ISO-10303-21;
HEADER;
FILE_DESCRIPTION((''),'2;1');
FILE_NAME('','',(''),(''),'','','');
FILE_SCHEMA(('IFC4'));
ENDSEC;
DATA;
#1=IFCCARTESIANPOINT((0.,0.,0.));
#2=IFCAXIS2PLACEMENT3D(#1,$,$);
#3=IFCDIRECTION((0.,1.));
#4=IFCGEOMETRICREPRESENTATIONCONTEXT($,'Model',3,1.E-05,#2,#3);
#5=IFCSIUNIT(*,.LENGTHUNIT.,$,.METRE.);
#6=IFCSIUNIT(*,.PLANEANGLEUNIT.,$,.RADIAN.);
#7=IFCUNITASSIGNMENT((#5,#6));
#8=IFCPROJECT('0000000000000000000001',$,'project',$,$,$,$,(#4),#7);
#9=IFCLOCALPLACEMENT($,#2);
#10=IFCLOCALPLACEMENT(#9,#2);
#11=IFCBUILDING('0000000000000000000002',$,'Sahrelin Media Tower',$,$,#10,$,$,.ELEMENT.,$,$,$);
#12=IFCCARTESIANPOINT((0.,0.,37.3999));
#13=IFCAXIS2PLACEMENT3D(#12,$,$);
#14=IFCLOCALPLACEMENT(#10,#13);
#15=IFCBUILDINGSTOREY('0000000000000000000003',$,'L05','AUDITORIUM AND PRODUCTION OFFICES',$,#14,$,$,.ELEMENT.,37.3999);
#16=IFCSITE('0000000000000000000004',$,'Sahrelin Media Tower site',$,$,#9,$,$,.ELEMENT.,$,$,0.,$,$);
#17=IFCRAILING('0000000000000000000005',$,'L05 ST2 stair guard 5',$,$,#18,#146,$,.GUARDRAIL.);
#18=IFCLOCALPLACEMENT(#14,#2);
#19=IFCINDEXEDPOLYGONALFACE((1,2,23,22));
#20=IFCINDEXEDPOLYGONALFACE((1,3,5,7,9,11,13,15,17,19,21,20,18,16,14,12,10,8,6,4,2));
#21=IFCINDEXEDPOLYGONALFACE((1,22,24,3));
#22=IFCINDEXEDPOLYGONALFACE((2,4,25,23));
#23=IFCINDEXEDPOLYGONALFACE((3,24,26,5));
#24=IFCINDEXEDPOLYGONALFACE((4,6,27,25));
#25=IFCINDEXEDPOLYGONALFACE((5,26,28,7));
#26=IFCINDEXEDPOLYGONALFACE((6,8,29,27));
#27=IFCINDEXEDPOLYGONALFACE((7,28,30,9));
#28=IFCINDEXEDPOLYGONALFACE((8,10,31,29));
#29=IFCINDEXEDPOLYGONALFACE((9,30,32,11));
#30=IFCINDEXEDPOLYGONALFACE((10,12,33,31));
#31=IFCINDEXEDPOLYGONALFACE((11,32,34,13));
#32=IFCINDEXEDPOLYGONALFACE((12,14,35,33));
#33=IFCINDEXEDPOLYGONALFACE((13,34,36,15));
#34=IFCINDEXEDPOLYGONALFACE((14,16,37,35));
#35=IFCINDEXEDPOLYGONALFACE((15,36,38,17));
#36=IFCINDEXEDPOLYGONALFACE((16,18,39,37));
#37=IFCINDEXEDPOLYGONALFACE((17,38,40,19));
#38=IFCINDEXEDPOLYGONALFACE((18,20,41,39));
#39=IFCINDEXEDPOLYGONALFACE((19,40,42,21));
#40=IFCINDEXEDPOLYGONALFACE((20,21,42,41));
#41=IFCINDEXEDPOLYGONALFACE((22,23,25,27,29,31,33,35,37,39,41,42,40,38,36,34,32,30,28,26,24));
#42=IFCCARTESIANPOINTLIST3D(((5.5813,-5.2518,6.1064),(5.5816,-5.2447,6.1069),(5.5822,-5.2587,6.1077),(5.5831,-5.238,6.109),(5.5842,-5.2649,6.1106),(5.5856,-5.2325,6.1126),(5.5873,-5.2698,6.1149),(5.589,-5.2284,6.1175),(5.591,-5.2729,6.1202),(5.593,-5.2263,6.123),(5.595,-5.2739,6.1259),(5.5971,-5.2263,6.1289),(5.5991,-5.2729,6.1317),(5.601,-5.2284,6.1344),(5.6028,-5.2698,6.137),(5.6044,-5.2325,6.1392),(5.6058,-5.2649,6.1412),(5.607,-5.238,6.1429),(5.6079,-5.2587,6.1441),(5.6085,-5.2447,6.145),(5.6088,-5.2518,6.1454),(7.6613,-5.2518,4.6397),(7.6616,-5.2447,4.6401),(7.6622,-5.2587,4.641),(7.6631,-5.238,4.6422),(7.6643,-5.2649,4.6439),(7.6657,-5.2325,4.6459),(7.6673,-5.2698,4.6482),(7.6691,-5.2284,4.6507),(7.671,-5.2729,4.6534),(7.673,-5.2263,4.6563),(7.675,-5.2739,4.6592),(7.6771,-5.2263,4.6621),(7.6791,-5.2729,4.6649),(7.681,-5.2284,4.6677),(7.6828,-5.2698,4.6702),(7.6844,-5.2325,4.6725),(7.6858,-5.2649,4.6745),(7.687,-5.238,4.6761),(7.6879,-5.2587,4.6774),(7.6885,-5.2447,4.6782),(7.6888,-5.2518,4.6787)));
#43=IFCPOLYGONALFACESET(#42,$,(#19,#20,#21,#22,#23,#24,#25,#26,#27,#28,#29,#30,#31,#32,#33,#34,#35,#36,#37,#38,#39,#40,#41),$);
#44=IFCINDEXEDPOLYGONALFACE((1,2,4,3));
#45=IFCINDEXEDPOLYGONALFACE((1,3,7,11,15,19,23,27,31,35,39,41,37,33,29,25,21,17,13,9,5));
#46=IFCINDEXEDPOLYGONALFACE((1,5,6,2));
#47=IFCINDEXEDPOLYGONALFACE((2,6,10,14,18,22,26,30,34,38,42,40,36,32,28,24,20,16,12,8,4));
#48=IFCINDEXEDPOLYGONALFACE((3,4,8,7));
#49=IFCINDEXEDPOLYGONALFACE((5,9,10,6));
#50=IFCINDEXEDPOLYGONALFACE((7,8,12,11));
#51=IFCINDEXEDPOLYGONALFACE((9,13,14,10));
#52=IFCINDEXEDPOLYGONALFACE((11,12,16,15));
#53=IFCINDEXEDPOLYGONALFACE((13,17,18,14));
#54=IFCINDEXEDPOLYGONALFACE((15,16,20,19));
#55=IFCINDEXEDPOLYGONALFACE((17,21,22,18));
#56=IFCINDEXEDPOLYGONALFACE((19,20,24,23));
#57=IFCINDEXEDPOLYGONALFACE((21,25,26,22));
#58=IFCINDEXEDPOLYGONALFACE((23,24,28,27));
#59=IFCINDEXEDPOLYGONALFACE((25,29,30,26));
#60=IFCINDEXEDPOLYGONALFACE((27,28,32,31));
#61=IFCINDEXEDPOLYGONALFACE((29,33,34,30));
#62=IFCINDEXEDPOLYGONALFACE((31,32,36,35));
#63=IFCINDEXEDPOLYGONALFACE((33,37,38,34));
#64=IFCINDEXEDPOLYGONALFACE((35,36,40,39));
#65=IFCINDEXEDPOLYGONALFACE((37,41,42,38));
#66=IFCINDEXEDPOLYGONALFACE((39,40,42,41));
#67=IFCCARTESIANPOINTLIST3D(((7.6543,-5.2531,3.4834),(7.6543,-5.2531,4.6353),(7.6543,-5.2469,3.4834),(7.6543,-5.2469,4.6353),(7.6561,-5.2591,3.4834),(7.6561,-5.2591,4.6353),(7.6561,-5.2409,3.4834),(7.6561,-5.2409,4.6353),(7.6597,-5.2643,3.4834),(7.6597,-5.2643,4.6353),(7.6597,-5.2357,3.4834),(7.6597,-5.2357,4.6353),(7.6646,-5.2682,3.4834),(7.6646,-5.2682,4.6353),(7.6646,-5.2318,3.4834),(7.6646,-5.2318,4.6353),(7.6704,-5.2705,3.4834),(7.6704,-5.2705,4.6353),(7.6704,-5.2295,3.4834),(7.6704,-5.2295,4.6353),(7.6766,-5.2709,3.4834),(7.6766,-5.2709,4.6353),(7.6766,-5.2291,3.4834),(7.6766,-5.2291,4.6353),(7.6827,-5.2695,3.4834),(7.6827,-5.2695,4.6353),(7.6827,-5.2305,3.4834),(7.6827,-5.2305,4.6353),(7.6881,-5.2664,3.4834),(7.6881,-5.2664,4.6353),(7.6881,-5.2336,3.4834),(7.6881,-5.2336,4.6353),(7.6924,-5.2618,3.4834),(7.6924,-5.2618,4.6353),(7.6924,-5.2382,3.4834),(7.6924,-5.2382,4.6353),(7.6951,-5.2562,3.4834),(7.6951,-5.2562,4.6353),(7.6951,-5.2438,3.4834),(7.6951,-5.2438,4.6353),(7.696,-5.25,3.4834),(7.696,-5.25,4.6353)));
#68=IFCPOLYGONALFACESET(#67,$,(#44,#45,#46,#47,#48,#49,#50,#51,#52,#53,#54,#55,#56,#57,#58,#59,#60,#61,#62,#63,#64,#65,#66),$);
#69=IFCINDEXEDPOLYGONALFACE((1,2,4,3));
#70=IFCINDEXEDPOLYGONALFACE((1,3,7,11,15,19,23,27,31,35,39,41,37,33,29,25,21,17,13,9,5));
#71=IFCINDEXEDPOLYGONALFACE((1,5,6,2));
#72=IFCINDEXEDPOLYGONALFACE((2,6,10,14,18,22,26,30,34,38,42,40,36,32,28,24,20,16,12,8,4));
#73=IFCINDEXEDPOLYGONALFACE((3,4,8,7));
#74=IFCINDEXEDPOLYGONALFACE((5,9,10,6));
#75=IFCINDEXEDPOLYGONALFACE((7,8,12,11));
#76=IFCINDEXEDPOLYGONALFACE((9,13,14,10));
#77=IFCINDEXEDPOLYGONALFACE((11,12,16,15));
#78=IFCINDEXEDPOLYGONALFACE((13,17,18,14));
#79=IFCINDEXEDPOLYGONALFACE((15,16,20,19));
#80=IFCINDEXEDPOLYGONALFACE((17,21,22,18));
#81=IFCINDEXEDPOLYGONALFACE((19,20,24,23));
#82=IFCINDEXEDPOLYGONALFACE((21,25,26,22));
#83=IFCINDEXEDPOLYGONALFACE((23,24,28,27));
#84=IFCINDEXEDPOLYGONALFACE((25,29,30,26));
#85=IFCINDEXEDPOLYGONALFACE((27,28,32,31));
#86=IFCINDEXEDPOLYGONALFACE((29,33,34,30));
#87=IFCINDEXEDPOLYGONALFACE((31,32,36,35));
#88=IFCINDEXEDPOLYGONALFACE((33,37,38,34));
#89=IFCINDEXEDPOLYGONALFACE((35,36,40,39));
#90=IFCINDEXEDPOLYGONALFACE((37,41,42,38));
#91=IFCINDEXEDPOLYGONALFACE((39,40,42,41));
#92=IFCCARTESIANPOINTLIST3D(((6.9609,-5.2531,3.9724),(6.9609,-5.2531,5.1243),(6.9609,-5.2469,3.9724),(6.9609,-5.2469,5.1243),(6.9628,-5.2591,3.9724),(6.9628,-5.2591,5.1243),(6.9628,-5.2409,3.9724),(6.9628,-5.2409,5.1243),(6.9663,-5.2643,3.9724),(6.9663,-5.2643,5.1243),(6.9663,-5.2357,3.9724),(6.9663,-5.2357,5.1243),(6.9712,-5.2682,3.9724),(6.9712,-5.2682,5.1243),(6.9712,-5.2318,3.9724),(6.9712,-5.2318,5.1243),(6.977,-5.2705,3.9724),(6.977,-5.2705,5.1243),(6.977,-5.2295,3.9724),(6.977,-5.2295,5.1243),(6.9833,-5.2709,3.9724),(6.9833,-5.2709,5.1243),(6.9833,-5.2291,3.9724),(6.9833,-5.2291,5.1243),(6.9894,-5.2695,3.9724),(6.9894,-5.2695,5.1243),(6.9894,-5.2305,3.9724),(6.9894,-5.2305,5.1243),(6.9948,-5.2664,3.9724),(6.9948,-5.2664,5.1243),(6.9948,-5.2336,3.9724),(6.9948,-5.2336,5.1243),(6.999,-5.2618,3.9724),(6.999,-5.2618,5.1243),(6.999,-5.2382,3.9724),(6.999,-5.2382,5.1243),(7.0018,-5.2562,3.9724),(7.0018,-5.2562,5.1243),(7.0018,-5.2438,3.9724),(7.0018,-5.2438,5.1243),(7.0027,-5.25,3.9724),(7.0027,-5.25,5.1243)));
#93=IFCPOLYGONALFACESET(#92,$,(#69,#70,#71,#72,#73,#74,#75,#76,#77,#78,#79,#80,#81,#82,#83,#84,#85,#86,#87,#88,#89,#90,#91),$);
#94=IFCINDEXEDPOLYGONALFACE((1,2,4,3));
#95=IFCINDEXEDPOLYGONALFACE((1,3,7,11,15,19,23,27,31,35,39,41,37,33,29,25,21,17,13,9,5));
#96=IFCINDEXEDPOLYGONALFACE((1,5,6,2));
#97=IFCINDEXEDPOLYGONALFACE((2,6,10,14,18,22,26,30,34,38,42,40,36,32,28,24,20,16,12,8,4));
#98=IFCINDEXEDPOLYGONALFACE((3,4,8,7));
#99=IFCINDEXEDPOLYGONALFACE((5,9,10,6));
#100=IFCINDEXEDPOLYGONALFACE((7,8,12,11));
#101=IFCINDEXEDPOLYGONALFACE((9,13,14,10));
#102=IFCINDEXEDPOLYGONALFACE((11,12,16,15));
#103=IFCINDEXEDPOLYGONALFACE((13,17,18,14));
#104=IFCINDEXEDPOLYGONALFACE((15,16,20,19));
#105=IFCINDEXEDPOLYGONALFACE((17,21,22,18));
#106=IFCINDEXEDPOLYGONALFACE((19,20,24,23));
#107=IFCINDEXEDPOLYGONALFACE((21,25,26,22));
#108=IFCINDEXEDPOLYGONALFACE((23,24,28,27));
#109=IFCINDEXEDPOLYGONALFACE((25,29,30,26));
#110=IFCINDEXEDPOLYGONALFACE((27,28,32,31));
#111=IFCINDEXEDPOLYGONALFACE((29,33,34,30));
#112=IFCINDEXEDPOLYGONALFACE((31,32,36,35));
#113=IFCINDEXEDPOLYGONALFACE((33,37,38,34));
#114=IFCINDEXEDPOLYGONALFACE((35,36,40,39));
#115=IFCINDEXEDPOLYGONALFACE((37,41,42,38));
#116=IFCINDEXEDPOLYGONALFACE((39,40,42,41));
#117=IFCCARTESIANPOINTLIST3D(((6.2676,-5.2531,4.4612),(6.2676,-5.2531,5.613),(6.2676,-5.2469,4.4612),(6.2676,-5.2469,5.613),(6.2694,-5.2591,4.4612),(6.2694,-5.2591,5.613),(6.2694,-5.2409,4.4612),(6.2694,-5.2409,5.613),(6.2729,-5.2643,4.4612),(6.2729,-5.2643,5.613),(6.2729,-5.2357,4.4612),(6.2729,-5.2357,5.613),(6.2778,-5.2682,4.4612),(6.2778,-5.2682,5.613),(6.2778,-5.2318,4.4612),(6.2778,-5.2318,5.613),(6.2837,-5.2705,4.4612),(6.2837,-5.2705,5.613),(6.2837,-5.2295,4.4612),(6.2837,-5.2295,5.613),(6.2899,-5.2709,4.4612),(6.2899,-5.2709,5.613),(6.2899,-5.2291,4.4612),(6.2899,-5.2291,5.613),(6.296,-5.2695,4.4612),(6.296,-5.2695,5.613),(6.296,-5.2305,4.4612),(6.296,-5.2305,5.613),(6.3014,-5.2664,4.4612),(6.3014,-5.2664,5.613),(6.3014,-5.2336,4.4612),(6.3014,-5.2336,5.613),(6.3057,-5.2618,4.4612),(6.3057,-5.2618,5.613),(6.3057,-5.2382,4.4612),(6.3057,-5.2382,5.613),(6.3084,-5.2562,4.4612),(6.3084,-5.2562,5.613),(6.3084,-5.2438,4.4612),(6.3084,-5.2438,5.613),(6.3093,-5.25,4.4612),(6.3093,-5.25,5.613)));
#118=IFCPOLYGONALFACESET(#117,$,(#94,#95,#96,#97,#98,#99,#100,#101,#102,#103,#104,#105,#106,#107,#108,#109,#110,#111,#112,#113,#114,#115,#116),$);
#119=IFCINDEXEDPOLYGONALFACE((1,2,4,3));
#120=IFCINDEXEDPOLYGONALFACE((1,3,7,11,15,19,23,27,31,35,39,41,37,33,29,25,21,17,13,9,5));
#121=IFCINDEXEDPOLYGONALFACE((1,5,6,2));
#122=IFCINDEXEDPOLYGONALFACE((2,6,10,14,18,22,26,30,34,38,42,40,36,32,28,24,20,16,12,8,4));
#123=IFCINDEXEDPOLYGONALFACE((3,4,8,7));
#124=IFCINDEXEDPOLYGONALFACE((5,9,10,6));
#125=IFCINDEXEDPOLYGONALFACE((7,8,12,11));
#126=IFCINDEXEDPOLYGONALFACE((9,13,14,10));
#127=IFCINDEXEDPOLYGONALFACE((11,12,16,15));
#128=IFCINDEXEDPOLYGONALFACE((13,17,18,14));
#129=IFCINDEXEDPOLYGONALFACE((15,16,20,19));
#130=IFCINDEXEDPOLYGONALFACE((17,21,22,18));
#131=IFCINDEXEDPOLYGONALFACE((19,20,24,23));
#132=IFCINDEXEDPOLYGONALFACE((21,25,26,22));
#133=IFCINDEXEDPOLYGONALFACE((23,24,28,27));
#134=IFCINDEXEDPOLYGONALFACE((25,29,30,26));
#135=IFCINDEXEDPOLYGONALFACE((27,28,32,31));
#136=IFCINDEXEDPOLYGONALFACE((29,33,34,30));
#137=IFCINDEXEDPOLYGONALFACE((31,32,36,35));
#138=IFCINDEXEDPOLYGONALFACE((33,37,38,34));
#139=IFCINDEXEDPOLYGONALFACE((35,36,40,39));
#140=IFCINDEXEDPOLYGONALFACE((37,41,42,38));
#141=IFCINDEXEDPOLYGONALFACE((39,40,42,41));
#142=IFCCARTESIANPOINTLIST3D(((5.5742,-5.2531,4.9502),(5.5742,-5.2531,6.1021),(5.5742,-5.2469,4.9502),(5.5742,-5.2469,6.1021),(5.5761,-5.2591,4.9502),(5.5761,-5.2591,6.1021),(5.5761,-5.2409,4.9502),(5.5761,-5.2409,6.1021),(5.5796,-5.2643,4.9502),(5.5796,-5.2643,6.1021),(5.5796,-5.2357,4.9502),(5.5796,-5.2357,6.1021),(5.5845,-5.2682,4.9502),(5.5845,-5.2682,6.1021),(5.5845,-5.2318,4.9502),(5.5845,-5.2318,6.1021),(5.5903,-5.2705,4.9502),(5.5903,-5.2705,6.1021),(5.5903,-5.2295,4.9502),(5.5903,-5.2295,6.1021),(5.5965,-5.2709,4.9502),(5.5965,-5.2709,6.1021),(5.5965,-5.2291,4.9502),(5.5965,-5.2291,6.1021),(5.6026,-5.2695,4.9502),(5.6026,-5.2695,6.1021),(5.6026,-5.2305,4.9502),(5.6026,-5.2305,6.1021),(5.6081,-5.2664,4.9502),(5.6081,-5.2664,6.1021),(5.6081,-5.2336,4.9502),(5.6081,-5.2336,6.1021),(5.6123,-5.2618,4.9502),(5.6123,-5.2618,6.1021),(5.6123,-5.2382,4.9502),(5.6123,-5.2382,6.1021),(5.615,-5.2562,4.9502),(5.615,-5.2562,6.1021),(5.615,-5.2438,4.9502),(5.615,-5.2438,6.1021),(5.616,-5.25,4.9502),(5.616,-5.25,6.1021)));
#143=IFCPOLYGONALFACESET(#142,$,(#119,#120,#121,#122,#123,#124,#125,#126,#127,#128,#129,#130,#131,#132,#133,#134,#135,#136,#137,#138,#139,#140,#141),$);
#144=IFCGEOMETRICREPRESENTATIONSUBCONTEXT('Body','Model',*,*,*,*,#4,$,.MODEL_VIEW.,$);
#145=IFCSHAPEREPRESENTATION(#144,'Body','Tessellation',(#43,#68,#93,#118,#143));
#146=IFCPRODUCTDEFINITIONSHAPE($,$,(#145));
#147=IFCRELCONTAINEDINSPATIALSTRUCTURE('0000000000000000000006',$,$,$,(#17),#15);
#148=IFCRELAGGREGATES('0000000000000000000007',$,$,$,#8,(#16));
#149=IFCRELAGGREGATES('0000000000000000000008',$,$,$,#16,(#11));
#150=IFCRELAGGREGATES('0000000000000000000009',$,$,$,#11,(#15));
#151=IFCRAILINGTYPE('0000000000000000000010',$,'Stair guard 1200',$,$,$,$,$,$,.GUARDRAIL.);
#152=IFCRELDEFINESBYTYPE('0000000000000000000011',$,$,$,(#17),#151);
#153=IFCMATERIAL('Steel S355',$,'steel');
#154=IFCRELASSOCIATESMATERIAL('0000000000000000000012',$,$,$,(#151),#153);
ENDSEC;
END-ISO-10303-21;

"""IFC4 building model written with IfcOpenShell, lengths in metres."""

from ifc_helpers import new_model, si_unit, direction, frame, origin, origin_2d, place, context, subcontext, project, spatial, circle, extrude, material, type_object, element, save


model = new_model("IFC4")

# Units and contexts
model_context = context("Model", 3, precision=1e-05, world=origin(), true_north=direction((0.0, 1.0)))
body_context = subcontext(model_context, "Body", "Model", "MODEL_VIEW")
ifc_project = project(units=[si_unit("LENGTHUNIT", "METRE"), si_unit("PLANEANGLEUNIT", "RADIAN")], contexts=[model_context])

# Site, building, storey
site_placement = place(None, origin())
site = spatial("IfcSite", under=ifc_project, at=site_placement, Name="Sahrelin Media Tower site", CompositionType="ELEMENT", RefElevation=0.0)
building_placement = place(site_placement, origin())
building = spatial("IfcBuilding", under=site, at=building_placement, Name="Sahrelin Media Tower", CompositionType="ELEMENT")
storey_placement = place(building_placement, frame((0.0, 0.0, 37.3999)))
storey = spatial("IfcBuildingStorey", under=building, at=storey_placement, Name="L05", Description="AUDITORIUM AND PRODUCTION OFFICES", CompositionType="ELEMENT", Elevation=37.3999)

# Shared definitions
ifc_material_1 = material(Name="Steel S355", Category="steel")

# Railing
railing_type_1 = type_object("IfcRailingType", Name="Stair guard 1200", PredefinedType="GUARDRAIL", material=ifc_material_1)
railing_1_placement = place(storey_placement, frame((7.675, -5.25, 3.4834)))
element("IfcRailing", 1, at=railing_1_placement, inside=storey, type_object=railing_type_1, Name="L05 ST2 stair guard 5", PredefinedType="GUARDRAIL", context=body_context, shape_type="SweptSolid", body=[
    extrude(circle(Radius=0.0239, at=origin_2d()), frame((0.0, 0.0, 1.1758), z_axis=(-0.817244, 0.0, 0.576291), x_axis=(0.0, -1.0, 0.0)), (0.0, 0.0, 1.0), 2.5452),
    extrude(circle(Radius=0.021, at=origin_2d()), origin(), (0.0, 0.0, 1.0), 1.1519),
    extrude(circle(Radius=0.021, at=origin_2d()), frame((-0.6934, 0.0, 0.489)), (0.0, 0.0, 1.0), 1.1519),
    extrude(circle(Radius=0.021, at=origin_2d()), frame((-1.3867, 0.0, 0.9778)), (0.0, 0.0, 1.0), 1.1519),
    extrude(circle(Radius=0.021, at=origin_2d()), frame((-2.0801, 0.0, 1.4668)), (0.0, 0.0, 1.0), 1.1519),
])

save(model, "model.ifc")
